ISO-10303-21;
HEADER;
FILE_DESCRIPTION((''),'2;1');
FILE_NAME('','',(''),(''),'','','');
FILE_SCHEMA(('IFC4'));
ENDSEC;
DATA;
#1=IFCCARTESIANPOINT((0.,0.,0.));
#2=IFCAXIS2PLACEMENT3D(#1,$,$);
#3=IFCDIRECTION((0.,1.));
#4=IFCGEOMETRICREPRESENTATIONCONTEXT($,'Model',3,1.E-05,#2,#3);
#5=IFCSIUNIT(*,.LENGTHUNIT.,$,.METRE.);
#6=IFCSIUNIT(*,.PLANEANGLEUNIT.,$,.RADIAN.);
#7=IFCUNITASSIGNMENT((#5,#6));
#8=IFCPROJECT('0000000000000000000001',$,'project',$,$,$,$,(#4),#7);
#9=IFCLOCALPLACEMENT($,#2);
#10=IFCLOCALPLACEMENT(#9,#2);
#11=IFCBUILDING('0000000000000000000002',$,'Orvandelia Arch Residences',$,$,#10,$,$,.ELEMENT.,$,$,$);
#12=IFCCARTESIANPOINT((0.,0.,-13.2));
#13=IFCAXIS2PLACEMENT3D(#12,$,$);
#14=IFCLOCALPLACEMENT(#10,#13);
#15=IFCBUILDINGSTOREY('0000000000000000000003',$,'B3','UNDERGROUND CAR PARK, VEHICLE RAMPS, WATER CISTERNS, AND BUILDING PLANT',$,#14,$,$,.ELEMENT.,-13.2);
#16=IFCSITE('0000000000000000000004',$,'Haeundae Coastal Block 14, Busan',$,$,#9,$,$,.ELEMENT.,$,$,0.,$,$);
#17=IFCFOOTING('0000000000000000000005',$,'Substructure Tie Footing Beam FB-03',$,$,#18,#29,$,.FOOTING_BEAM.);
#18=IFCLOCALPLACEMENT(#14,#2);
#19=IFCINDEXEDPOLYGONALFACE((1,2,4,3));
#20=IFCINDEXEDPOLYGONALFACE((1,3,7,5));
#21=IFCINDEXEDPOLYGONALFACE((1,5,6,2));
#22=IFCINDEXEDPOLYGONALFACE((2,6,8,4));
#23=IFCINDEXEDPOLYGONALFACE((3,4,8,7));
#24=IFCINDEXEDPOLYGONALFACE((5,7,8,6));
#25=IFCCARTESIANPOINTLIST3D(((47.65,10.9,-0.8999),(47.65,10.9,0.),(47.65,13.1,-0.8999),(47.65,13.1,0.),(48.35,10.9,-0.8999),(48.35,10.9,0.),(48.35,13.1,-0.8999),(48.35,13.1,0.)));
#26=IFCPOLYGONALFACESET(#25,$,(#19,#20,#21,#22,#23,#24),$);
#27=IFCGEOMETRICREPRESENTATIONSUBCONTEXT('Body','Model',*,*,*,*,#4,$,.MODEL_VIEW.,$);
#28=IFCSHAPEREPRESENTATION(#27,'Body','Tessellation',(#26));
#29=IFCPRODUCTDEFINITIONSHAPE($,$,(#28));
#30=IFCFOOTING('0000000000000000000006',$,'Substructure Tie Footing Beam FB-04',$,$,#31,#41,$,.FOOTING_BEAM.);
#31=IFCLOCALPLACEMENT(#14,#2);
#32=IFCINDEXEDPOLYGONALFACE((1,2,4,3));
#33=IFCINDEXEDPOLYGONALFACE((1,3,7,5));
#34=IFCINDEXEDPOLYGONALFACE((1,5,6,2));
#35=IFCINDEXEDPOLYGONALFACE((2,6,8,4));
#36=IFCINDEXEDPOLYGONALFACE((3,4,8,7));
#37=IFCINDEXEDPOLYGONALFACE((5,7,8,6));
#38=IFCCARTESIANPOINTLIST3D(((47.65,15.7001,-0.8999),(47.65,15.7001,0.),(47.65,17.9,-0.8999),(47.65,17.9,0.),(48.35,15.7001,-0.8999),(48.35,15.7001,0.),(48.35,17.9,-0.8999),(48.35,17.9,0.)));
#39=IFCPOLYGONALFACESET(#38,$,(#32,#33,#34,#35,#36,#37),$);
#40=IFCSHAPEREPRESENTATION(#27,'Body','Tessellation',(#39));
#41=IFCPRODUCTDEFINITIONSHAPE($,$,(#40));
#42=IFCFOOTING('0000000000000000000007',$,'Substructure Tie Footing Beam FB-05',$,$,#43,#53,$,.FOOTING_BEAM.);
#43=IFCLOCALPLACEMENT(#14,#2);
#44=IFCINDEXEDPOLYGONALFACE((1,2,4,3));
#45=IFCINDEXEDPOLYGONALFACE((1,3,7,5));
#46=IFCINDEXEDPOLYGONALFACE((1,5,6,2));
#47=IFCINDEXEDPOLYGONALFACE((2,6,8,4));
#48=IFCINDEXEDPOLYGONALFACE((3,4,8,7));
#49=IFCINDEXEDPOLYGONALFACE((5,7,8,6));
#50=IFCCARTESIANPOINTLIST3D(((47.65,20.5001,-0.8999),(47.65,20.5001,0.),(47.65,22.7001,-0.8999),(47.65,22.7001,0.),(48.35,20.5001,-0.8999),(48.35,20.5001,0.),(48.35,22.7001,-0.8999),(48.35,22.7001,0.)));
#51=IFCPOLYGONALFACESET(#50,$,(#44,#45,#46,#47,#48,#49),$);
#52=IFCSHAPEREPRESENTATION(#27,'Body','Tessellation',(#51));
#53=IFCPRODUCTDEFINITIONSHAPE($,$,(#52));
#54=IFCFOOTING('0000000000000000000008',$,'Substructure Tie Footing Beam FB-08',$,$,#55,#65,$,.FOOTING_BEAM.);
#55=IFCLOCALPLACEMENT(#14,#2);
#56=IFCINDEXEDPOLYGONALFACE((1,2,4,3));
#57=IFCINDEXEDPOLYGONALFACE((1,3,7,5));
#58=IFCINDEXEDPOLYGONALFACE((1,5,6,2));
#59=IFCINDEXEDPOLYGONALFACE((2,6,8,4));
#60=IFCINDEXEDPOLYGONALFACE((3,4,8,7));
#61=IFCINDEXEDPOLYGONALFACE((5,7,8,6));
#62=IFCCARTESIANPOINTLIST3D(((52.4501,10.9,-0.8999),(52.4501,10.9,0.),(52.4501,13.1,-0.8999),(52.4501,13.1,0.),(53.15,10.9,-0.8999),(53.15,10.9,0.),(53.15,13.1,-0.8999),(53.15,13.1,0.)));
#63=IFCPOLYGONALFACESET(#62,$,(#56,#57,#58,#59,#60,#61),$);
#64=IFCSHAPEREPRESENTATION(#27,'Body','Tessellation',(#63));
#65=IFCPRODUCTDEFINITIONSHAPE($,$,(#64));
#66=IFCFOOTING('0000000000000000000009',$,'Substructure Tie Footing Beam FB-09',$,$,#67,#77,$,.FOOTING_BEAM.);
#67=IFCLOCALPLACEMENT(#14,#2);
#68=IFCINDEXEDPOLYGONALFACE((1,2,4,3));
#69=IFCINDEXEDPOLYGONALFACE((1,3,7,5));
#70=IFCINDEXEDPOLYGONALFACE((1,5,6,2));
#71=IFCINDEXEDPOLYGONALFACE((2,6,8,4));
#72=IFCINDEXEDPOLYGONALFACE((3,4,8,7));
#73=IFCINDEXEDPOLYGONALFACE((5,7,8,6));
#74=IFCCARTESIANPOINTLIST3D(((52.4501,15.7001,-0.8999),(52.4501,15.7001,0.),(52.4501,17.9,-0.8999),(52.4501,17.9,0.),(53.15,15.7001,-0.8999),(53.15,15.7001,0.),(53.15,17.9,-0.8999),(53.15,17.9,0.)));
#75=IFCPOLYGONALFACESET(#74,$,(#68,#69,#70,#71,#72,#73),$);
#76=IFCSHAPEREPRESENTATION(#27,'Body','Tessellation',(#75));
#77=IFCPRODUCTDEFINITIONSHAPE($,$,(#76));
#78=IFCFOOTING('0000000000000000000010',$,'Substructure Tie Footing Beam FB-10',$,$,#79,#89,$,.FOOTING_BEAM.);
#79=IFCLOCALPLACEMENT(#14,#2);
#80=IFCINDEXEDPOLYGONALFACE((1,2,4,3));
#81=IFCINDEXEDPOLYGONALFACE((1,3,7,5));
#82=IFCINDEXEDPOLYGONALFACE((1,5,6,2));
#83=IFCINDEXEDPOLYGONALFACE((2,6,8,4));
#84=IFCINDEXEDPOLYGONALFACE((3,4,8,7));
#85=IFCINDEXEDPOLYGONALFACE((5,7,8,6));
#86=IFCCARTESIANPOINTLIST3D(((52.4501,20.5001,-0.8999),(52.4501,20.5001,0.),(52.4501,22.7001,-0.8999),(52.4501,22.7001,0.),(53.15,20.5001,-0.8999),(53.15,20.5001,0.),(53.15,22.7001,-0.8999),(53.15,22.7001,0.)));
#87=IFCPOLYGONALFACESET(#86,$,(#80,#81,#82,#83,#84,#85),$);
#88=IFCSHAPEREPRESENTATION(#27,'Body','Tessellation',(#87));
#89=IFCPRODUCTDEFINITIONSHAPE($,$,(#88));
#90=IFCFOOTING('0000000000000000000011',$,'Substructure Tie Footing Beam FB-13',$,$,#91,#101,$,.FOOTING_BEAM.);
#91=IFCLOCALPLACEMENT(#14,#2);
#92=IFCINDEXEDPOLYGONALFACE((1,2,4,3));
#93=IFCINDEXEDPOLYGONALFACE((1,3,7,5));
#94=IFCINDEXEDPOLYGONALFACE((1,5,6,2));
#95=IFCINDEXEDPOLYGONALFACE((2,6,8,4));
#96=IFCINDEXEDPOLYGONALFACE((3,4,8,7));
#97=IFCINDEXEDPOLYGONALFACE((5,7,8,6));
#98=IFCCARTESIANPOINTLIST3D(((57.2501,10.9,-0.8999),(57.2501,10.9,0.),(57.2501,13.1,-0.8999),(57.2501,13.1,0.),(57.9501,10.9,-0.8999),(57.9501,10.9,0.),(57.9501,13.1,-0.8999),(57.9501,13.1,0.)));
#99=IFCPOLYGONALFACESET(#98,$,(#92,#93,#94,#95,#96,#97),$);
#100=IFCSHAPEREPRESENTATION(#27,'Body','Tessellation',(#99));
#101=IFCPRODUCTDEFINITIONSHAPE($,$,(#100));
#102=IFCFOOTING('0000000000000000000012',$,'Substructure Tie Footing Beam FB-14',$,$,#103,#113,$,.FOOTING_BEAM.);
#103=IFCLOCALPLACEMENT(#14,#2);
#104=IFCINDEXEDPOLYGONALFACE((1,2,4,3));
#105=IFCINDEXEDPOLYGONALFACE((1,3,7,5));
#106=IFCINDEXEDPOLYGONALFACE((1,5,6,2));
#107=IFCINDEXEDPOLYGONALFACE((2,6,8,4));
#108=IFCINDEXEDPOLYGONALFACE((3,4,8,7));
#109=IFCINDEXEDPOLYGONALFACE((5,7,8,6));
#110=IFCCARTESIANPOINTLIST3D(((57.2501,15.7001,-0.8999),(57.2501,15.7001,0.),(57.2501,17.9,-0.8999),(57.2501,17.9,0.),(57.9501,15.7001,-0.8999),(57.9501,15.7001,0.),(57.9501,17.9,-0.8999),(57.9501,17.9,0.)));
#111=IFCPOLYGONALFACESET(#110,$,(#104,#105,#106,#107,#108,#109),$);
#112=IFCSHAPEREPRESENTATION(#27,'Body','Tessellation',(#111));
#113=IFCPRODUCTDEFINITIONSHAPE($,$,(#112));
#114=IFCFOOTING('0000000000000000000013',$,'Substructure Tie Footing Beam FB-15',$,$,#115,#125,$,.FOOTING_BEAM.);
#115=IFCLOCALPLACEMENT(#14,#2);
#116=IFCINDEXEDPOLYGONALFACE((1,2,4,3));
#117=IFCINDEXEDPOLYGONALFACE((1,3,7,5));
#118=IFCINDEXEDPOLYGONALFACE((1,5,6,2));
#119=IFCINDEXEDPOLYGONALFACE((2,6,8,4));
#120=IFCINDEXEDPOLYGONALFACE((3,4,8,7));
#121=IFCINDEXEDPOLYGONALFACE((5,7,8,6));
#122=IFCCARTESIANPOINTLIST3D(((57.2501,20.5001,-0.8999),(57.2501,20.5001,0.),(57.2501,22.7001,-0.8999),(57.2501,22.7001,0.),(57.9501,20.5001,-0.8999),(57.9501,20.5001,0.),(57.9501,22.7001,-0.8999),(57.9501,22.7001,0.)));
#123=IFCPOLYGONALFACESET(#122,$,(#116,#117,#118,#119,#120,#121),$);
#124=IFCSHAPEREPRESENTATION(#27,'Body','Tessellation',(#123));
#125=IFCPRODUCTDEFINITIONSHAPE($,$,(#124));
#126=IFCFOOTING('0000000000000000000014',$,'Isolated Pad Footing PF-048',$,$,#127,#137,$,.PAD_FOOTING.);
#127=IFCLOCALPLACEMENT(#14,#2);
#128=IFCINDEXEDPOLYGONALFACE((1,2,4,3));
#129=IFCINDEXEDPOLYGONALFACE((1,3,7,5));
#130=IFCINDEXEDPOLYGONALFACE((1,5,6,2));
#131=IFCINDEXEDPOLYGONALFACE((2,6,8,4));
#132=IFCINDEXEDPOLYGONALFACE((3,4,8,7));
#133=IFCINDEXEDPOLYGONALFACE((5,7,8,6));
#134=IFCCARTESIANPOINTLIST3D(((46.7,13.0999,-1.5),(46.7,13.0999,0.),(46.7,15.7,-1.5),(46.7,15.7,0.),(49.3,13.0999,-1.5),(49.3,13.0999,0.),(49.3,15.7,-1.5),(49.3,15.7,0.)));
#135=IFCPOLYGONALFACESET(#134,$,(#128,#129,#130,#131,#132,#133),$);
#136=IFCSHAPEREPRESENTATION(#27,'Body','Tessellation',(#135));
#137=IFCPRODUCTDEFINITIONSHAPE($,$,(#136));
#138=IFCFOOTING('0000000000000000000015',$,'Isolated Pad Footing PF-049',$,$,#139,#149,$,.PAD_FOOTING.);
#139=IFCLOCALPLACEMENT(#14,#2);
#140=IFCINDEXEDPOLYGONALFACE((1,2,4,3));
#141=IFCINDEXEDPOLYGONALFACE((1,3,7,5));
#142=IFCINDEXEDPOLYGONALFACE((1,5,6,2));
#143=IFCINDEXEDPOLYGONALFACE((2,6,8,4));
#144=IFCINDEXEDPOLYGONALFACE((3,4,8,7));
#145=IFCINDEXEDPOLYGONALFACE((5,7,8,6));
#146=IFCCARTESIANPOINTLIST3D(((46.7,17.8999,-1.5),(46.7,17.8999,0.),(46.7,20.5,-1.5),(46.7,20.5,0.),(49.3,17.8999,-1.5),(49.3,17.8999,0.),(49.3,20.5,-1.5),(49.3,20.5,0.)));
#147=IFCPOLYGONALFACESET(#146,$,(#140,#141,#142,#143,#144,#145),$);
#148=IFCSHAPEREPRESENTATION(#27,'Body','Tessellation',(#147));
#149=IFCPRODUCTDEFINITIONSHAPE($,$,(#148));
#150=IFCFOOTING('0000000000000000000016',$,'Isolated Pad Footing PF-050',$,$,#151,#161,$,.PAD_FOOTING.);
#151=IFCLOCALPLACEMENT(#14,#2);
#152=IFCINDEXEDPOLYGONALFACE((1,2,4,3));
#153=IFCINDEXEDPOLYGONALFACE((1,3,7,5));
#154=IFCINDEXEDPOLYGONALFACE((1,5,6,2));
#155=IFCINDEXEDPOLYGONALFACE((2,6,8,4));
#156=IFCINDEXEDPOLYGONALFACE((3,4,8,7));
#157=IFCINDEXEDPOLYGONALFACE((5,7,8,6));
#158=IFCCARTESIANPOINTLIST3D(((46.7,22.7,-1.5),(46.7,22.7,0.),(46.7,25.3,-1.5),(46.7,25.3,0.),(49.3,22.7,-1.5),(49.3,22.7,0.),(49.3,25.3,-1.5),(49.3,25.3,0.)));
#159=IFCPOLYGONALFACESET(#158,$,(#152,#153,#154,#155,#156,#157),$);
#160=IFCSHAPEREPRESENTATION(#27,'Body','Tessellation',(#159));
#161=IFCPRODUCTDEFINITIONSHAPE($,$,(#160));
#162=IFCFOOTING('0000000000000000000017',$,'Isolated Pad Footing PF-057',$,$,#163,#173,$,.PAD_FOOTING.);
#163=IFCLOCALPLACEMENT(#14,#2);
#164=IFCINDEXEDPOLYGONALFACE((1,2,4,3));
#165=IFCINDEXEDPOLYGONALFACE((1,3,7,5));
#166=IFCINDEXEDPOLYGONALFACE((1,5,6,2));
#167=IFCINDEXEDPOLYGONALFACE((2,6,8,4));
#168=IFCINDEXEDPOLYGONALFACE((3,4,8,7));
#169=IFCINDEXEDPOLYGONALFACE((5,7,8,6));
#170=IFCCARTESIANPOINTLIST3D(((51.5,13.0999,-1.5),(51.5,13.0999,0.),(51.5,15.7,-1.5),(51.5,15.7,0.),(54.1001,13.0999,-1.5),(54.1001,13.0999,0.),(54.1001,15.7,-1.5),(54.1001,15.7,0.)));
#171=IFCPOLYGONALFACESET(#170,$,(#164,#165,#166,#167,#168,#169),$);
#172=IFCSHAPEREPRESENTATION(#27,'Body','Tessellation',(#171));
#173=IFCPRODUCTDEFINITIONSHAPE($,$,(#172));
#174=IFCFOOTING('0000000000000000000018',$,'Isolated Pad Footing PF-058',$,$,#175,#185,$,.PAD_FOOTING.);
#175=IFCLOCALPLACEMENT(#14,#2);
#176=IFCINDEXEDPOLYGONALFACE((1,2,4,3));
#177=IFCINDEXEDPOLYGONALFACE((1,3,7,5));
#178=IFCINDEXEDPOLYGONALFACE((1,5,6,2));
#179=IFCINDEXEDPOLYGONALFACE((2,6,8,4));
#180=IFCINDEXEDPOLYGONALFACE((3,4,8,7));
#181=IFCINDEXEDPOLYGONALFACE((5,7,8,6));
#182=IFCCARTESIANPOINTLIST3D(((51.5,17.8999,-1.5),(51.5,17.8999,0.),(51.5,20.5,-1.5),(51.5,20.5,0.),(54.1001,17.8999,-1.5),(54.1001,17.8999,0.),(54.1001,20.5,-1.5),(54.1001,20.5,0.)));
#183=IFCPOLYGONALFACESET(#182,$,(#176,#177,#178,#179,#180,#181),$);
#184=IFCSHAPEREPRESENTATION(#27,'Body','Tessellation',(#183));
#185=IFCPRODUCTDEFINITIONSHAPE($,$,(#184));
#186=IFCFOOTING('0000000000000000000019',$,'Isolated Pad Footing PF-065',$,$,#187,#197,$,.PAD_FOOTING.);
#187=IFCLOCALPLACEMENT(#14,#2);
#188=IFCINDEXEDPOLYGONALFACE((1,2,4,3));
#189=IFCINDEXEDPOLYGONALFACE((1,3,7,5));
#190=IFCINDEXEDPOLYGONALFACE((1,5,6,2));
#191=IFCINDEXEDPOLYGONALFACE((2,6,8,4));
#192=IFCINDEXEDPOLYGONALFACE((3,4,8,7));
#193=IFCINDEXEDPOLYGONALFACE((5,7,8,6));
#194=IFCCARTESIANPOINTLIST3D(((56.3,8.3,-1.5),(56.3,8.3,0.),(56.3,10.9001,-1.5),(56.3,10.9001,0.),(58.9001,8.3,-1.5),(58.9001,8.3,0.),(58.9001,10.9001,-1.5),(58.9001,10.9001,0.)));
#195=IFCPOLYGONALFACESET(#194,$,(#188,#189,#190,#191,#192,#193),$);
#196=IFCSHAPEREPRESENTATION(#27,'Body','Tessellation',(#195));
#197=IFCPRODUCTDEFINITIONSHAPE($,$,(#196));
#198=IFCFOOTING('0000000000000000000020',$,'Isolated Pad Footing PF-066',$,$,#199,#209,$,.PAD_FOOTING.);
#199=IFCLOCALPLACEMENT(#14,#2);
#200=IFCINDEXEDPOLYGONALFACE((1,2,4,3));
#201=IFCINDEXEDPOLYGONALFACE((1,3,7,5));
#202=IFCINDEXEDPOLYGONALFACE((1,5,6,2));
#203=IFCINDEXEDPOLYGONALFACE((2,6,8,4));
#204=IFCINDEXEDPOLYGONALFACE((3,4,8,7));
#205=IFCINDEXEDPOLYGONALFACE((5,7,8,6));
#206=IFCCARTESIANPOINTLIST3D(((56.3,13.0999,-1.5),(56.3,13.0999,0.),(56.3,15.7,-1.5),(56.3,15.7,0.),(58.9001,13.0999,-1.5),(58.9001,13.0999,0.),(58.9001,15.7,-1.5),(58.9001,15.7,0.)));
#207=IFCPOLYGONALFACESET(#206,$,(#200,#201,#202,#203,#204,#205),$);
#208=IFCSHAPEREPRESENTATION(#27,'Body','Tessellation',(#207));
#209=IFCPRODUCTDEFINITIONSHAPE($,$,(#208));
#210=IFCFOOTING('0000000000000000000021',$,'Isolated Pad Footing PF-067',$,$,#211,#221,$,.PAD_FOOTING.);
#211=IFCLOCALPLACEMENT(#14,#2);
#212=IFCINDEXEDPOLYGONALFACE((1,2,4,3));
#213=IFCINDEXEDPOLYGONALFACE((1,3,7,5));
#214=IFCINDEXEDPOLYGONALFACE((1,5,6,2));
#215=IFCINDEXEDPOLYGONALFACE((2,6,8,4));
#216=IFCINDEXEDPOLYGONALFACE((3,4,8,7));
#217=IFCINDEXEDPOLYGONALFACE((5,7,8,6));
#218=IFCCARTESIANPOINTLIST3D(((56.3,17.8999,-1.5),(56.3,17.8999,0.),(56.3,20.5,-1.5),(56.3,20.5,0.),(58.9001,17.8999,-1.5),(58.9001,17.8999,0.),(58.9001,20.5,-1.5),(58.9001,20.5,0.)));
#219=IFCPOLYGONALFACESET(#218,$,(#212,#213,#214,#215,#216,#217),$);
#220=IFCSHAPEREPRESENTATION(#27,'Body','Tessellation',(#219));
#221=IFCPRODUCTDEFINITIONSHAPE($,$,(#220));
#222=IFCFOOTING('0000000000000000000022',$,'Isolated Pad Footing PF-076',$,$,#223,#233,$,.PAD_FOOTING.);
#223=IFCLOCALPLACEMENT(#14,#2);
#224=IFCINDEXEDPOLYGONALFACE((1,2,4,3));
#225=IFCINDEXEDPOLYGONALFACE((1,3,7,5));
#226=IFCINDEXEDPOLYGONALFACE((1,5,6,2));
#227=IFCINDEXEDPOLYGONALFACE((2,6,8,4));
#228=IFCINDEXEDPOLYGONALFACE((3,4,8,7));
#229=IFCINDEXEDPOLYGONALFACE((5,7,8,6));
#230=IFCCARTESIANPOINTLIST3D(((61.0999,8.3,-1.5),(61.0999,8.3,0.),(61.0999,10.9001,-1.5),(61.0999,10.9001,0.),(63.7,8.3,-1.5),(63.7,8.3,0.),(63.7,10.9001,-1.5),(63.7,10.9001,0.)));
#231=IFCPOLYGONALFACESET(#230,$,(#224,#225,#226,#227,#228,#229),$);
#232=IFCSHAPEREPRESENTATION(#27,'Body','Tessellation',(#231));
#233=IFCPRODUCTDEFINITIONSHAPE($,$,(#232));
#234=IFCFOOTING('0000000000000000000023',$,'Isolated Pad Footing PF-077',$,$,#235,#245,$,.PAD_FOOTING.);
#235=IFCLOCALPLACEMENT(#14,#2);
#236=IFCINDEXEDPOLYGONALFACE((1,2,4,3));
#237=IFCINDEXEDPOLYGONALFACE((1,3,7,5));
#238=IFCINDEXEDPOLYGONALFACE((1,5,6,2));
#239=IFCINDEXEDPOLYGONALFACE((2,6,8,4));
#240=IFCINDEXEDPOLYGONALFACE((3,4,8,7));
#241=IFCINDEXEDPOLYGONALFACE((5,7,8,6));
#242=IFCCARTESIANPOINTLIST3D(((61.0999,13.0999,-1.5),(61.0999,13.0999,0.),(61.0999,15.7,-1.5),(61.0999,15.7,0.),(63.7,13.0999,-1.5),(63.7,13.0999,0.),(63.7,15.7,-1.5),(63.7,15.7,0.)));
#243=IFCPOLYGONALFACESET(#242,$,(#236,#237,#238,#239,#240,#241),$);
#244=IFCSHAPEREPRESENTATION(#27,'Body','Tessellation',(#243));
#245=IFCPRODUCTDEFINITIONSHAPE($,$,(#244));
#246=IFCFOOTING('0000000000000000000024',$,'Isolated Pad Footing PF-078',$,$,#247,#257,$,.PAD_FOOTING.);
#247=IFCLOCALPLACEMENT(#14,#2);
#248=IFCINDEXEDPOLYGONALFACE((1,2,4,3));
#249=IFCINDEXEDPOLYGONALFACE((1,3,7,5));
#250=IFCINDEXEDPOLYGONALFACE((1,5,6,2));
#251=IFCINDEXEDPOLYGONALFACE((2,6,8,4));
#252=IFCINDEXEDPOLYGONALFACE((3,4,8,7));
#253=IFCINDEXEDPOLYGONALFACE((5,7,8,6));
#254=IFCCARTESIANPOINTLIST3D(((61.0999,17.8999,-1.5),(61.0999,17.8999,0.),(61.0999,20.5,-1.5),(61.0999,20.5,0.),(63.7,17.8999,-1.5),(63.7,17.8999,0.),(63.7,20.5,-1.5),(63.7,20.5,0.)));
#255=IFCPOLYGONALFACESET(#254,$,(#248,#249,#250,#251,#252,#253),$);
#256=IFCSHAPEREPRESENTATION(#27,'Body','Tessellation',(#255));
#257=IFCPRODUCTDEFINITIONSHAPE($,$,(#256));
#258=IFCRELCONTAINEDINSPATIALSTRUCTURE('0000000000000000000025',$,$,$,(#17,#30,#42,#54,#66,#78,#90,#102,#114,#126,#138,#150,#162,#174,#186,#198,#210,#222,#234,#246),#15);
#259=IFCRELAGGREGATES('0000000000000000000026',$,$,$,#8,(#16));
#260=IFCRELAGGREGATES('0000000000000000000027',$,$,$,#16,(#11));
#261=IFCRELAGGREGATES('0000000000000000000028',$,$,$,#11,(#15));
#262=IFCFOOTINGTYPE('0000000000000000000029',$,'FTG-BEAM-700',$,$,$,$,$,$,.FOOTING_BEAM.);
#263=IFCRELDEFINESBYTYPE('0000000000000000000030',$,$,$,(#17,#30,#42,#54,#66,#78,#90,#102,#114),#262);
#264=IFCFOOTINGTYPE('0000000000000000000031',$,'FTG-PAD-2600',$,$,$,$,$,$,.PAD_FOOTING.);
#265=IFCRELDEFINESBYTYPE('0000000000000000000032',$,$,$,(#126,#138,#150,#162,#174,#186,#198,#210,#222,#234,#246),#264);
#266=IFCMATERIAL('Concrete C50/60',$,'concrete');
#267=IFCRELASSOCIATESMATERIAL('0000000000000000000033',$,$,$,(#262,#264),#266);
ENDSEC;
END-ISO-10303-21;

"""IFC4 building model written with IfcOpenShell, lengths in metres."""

from ifc_helpers import new_model, si_unit, direction, frame, origin, origin_2d, place, context, subcontext, project, spatial, rectangle, extrude, material, type_object, element, save


model = new_model("IFC4")

# Units and contexts
model_context = context("Model", 3, precision=1e-05, world=origin(), true_north=direction((0.0, 1.0)))
body_context = subcontext(model_context, "Body", "Model", "MODEL_VIEW")
ifc_project = project(units=[si_unit("LENGTHUNIT", "METRE"), si_unit("PLANEANGLEUNIT", "RADIAN")], contexts=[model_context])

# Site, building, storey
site_placement = place(None, origin())
site = spatial("IfcSite", under=ifc_project, at=site_placement, Name="Haeundae Coastal Block 14, Busan", CompositionType="ELEMENT", RefElevation=0.0)
building_placement = place(site_placement, origin())
building = spatial("IfcBuilding", under=site, at=building_placement, Name="Orvandelia Arch Residences", CompositionType="ELEMENT")
storey_placement = place(building_placement, frame((0.0, 0.0, -13.2)))
storey = spatial("IfcBuildingStorey", under=building, at=storey_placement, Name="B3", Description="UNDERGROUND CAR PARK, VEHICLE RAMPS, WATER CISTERNS, AND BUILDING PLANT", CompositionType="ELEMENT", Elevation=-13.2)

# Footings
ifc_material_1 = material(Name="Concrete C50/60", Category="concrete")
footing_type_1 = type_object("IfcFootingType", Name="FTG-BEAM-700", PredefinedType="FOOTING_BEAM", material=ifc_material_1)
for number, where, z_axis, x_axis, name in (
    (1, (48.0, 12.0, -0.8999), (0.0, 0.0, 1.0), (1.0, 0.0, 0.0), "Substructure Tie Footing Beam FB-03"),
    (2, (48.0, 16.8, -0.8999), (0.0, 0.0, 1.0), (1.0, 0.0, 0.0), "Substructure Tie Footing Beam FB-04"),
    (3, (48.0, 21.6001, -0.8999), (0.0, 0.0, 1.0), (1.0, 0.0, 0.0), "Substructure Tie Footing Beam FB-05"),
    (4, (52.8, 12.0, -0.8999), (0.0, 0.0, 1.0), (1.0, 0.0, 0.0), "Substructure Tie Footing Beam FB-08"),
    (5, (52.8, 16.8, -0.8999), (0.0, 0.0, 1.0), (1.0, 0.0, 0.0), "Substructure Tie Footing Beam FB-09"),
    (6, (52.8, 21.6001, -0.8999), (0.0, 0.0, 1.0), (1.0, 0.0, 0.0), "Substructure Tie Footing Beam FB-10"),
    (7, (57.6001, 12.0, -0.8999), (0.0, 0.0, 1.0), (1.0, 0.0, 0.0), "Substructure Tie Footing Beam FB-13"),
    (8, (57.6001, 16.8, -0.8999), (0.0, 0.0, 1.0), (1.0, 0.0, 0.0), "Substructure Tie Footing Beam FB-14"),
    (9, (57.6001, 21.6001, -0.8999), (0.0, 0.0, 1.0), (1.0, 0.0, 0.0), "Substructure Tie Footing Beam FB-15"),
):
    element("IfcFooting", number, at=place(storey_placement, frame(where, z_axis=z_axis, x_axis=x_axis)), inside=storey, type_object=footing_type_1, Name=name, PredefinedType="FOOTING_BEAM", context=body_context, shape_type="SweptSolid", body=[
        extrude(rectangle(XDim=0.7, YDim=2.2, at=origin_2d()), origin(), (0.0, 0.0, 1.0), 0.8999),
    ])
footing_type_2 = type_object("IfcFootingType", Name="FTG-PAD-2600", PredefinedType="PAD_FOOTING", material=ifc_material_1)
for number, where, z_axis, x_axis, name in (
    (10, (48.0, 14.3999, -1.5), (0.0, 0.0, 1.0), (1.0, 0.0, 0.0), "Isolated Pad Footing PF-048"),
    (11, (48.0, 19.2, -1.5), (0.0, 0.0, 1.0), (1.0, 0.0, 0.0), "Isolated Pad Footing PF-049"),
    (12, (48.0, 24.0, -1.5), (0.0, 0.0, 1.0), (1.0, 0.0, 0.0), "Isolated Pad Footing PF-050"),
    (13, (52.8, 14.3999, -1.5), (0.0, 0.0, 1.0), (1.0, 0.0, 0.0), "Isolated Pad Footing PF-057"),
    (14, (52.8, 19.2, -1.5), (0.0, 0.0, 1.0), (1.0, 0.0, 0.0), "Isolated Pad Footing PF-058"),
    (15, (57.6001, 9.6001, -1.5), (0.0, 0.0, 1.0), (1.0, 0.0, 0.0), "Isolated Pad Footing PF-065"),
    (16, (57.6001, 14.3999, -1.5), (0.0, 0.0, 1.0), (1.0, 0.0, 0.0), "Isolated Pad Footing PF-066"),
    (17, (57.6001, 19.2, -1.5), (0.0, 0.0, 1.0), (1.0, 0.0, 0.0), "Isolated Pad Footing PF-067"),
    (18, (62.3999, 9.6001, -1.5), (0.0, 0.0, 1.0), (1.0, 0.0, 0.0), "Isolated Pad Footing PF-076"),
    (19, (62.3999, 14.3999, -1.5), (0.0, 0.0, 1.0), (1.0, 0.0, 0.0), "Isolated Pad Footing PF-077"),
    (20, (62.3999, 19.2, -1.5), (0.0, 0.0, 1.0), (1.0, 0.0, 0.0), "Isolated Pad Footing PF-078"),
):
    element("IfcFooting", number, at=place(storey_placement, frame(where, z_axis=z_axis, x_axis=x_axis)), inside=storey, type_object=footing_type_2, Name=name, PredefinedType="PAD_FOOTING", context=body_context, shape_type="SweptSolid", body=[
        extrude(rectangle(XDim=2.6001, YDim=2.6001, at=origin_2d()), origin(), (0.0, 0.0, 1.0), 1.5),
    ])

save(model, "model.ifc")
